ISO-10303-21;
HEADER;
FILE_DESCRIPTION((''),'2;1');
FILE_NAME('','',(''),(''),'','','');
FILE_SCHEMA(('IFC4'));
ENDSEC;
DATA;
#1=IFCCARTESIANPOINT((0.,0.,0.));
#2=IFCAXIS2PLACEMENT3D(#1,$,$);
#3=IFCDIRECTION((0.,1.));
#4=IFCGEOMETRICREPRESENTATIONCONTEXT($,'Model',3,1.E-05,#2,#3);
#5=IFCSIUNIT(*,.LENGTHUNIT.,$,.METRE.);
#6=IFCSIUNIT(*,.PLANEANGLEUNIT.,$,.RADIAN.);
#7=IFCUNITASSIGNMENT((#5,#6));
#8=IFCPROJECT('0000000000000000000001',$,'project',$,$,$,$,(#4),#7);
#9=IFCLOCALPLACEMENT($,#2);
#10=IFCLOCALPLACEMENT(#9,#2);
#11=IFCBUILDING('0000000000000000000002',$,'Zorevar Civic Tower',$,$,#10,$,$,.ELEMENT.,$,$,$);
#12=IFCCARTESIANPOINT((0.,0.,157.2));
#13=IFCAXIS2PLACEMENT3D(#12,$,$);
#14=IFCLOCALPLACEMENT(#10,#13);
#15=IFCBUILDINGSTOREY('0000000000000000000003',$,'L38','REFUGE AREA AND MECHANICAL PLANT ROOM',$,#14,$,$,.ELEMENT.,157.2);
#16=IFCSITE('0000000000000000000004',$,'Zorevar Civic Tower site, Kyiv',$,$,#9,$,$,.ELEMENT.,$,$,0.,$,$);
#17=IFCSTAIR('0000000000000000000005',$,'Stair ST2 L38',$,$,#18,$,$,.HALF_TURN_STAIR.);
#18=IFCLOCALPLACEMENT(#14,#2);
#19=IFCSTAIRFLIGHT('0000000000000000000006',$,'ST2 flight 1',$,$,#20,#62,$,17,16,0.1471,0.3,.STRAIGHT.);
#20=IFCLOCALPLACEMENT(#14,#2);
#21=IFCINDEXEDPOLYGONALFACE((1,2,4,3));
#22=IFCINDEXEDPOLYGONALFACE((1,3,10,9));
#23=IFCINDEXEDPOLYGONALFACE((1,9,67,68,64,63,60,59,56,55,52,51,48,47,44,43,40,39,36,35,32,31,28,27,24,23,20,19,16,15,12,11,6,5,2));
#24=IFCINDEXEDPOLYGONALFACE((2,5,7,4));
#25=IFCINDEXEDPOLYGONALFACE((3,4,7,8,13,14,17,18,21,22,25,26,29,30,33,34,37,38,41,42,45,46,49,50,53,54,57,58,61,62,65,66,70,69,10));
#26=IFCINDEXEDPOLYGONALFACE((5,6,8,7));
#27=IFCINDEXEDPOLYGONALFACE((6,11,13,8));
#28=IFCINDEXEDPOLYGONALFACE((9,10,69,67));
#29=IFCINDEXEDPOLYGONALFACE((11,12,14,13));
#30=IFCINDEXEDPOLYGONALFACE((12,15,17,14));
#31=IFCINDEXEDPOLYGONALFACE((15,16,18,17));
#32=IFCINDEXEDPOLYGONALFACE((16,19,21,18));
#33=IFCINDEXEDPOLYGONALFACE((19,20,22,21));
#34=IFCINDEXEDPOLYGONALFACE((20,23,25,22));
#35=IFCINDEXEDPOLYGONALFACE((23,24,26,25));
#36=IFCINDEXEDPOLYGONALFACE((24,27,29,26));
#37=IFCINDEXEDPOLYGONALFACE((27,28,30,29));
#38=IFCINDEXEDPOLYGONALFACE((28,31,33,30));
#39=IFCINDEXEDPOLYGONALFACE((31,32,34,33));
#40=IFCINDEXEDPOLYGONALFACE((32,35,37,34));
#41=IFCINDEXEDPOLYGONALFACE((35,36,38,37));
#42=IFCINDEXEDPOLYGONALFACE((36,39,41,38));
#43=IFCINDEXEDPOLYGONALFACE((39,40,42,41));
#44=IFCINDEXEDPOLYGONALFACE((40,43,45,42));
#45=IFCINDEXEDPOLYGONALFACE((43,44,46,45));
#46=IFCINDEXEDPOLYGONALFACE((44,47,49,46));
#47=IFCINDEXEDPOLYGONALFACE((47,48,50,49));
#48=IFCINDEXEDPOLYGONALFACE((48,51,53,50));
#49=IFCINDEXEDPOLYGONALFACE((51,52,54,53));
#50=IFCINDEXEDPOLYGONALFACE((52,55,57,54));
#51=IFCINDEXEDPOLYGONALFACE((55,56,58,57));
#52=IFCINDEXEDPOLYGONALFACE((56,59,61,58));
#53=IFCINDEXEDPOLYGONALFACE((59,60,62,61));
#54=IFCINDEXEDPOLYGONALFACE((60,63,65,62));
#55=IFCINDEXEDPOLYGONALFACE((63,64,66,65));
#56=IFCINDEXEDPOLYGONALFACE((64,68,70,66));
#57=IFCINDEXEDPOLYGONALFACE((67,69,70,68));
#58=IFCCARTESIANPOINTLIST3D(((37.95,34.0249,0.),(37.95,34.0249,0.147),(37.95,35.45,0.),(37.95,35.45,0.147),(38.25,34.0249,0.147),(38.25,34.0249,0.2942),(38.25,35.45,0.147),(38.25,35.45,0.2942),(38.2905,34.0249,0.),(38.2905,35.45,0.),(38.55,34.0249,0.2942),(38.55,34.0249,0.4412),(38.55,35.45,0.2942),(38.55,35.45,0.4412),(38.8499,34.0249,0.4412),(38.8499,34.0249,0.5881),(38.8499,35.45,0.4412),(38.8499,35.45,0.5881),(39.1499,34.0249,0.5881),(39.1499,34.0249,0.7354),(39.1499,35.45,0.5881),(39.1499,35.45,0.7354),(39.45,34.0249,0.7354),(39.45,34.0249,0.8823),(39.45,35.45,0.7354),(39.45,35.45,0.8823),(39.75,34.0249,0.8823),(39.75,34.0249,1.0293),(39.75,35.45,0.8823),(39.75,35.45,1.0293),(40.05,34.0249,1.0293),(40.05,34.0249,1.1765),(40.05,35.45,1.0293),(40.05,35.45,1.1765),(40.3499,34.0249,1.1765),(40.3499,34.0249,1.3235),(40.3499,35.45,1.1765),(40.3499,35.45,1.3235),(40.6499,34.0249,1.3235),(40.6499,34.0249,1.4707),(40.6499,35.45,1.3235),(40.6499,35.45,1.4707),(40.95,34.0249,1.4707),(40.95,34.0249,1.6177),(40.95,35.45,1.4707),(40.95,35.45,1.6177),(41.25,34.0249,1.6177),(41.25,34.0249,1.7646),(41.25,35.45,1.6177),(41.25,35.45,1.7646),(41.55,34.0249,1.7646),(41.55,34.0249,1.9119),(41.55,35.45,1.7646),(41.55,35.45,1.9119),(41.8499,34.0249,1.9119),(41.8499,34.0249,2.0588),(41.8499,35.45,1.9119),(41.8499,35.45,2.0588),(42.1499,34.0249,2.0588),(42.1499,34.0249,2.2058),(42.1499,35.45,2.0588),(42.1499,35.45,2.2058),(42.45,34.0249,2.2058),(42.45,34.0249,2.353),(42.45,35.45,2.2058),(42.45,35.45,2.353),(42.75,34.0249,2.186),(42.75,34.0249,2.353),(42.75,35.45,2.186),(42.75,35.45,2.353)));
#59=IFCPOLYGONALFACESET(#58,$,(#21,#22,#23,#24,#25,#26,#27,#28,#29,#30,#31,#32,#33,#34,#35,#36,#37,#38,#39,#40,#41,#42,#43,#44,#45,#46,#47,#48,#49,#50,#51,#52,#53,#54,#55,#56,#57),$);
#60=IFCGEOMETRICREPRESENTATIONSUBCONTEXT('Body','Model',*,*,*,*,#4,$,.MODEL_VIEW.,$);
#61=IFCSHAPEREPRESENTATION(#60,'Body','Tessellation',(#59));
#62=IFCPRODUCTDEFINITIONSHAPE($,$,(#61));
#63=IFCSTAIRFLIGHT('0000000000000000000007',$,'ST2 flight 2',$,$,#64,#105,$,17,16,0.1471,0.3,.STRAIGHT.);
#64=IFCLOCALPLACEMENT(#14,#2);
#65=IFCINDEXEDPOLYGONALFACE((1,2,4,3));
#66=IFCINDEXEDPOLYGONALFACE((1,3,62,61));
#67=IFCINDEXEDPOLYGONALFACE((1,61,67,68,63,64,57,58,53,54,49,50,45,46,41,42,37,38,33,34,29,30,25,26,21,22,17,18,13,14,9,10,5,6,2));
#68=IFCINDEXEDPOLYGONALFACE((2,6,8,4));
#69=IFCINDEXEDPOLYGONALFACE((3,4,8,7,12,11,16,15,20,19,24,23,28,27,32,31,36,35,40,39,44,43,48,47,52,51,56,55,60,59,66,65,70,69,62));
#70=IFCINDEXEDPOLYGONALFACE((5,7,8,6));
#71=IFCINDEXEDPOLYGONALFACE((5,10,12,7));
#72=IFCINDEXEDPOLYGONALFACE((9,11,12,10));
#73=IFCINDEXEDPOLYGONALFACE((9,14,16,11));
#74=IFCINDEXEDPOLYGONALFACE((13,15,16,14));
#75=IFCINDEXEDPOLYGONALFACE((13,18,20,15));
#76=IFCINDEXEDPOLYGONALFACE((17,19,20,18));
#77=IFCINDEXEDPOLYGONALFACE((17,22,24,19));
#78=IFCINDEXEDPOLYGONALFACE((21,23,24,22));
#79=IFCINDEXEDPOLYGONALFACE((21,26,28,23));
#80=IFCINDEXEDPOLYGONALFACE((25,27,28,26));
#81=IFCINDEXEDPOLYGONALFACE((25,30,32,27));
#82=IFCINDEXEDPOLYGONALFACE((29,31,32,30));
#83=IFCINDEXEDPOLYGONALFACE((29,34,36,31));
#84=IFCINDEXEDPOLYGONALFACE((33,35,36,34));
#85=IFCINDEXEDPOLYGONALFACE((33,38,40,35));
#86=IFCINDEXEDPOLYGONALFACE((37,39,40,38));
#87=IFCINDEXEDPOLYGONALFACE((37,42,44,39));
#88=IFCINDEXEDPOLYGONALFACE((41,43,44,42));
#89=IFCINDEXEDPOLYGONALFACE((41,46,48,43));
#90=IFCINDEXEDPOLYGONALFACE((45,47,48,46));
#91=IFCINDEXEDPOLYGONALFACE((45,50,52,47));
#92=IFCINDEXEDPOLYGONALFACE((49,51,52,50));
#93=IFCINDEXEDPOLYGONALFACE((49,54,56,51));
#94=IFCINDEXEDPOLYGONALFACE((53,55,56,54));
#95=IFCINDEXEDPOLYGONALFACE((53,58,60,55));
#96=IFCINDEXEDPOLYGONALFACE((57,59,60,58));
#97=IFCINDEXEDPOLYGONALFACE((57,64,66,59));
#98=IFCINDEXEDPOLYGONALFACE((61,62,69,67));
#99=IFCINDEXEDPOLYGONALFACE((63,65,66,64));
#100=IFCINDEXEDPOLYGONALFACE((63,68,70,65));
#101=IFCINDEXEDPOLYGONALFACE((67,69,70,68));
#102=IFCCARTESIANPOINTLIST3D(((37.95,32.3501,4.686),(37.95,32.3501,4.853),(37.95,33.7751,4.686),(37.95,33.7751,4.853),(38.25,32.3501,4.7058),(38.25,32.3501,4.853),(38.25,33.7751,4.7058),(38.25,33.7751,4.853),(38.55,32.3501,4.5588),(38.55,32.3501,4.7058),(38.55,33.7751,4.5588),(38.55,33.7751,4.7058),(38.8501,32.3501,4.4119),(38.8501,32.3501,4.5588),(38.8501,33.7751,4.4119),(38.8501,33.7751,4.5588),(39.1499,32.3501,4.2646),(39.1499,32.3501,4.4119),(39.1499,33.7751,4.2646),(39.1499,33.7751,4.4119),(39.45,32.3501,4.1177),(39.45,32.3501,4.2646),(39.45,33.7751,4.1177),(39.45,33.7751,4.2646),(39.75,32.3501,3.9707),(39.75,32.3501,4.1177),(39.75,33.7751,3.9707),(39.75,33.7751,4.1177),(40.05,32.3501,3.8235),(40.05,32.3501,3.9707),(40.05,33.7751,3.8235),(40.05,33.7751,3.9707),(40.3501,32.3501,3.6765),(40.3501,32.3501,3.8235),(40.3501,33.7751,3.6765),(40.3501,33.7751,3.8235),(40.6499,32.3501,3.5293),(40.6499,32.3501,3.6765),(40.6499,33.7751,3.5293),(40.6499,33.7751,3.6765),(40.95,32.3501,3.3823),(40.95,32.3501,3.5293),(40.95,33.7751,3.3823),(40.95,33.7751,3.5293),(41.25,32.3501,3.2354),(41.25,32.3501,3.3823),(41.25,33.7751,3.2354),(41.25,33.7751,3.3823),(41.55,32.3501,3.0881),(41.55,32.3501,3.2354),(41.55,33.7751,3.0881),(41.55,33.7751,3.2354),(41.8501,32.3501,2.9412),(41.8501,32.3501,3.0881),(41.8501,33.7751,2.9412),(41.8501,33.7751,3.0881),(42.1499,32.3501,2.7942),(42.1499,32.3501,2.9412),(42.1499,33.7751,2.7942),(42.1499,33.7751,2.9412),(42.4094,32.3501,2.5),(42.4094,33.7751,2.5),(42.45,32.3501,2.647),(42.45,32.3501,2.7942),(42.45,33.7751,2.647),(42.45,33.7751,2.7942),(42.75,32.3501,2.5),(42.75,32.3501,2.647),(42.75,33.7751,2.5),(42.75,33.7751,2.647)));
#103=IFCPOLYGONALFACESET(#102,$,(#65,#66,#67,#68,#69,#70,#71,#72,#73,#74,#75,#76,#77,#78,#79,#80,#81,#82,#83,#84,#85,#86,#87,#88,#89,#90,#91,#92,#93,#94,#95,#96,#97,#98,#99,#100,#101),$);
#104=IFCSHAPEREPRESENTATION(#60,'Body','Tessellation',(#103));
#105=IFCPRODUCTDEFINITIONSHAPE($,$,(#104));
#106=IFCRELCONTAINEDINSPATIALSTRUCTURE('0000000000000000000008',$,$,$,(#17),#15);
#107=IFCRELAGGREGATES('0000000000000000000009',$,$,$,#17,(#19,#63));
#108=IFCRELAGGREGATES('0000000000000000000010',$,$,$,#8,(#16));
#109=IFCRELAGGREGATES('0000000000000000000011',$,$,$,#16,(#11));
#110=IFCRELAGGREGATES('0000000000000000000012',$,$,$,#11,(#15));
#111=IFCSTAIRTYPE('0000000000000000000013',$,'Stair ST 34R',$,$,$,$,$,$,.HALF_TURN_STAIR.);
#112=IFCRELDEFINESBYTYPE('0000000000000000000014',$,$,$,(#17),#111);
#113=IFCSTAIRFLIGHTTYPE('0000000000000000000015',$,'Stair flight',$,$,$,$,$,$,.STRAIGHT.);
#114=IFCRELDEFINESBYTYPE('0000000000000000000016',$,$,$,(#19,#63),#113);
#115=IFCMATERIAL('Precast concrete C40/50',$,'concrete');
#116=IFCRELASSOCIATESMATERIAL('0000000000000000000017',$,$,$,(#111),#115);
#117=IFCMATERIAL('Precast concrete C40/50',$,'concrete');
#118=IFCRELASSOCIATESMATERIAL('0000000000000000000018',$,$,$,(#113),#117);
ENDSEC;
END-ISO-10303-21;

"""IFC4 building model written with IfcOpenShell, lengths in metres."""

from ifc_helpers import new_model, si_unit, direction, frame, origin, place, context, subcontext, project, spatial, polyline, outline, extrude, material, type_object, element, aggregate, save


model = new_model("IFC4")

# Units and contexts
model_context = context("Model", 3, precision=1e-05, world=origin(), true_north=direction((0.0, 1.0)))
body_context = subcontext(model_context, "Body", "Model", "MODEL_VIEW")
ifc_project = project(units=[si_unit("LENGTHUNIT", "METRE"), si_unit("PLANEANGLEUNIT", "RADIAN")], contexts=[model_context])

# Site, building, storey
site_placement = place(None, origin())
site = spatial("IfcSite", under=ifc_project, at=site_placement, Name="Zorevar Civic Tower site, Kyiv", CompositionType="ELEMENT", RefElevation=0.0)
building_placement = place(site_placement, origin())
building = spatial("IfcBuilding", under=site, at=building_placement, Name="Zorevar Civic Tower", CompositionType="ELEMENT")
storey_placement = place(building_placement, frame((0.0, 0.0, 157.2)))
storey = spatial("IfcBuildingStorey", under=building, at=storey_placement, Name="L38", Description="REFUGE AREA AND MECHANICAL PLANT ROOM", CompositionType="ELEMENT", Elevation=157.2)

# Stair, stair flights
ifc_material_1 = material(Name="Precast concrete C40/50", Category="concrete")
stair_type = type_object("IfcStairType", Name="Stair ST 34R", PredefinedType="HALF_TURN_STAIR", material=ifc_material_1)
stair_placement = place(storey_placement, origin())
stair = element("IfcStair", 1, at=stair_placement, inside=storey, type_object=stair_type, Name="Stair ST2 L38", PredefinedType="HALF_TURN_STAIR")
ifc_material_2 = material(Name="Precast concrete C40/50", Category="concrete")
stair_flight_type = type_object("IfcStairFlightType", Name="Stair flight", PredefinedType="STRAIGHT", material=ifc_material_2)
stair_flight_1_placement = place(storey_placement, frame((37.95, 34.7375, 0.0), z_axis=(0.0, 0.0, 1.0), x_axis=(1.0, 0.0, 0.0)))
stair_flight_1 = element("IfcStairFlight", 2, at=stair_flight_1_placement, type_object=stair_flight_type, Name="ST2 flight 1", NumberOfRisers=17, NumberOfTreads=16, PredefinedType="STRAIGHT", RiserHeight=0.1471, TreadLength=0.3, context=body_context, shape_type="SweptSolid", body=[
    extrude(outline(polyline([(0.0, 0.0), (0.0, 0.147), (0.3, 0.147), (0.3, 0.2942), (0.6001, 0.2942), (0.6001, 0.4412), (0.8999, 0.4412), (0.8999, 0.5881), (1.2, 0.5881), (1.2, 0.7354), (1.5, 0.7354), (1.5, 0.8823), (1.8, 0.8823), (1.8, 1.0293), (2.1001, 1.0293), (2.1001, 1.1765), (2.3999, 1.1765), (2.3999, 1.3235), (2.7, 1.3235), (2.7, 1.4707), (3.0, 1.4707), (3.0, 1.6177), (3.3, 1.6177), (3.3, 1.7646), (3.6001, 1.7646), (3.6001, 1.9119), (3.8999, 1.9119), (3.8999, 2.0588), (4.2, 2.0588), (4.2, 2.2058), (4.5, 2.2058), (4.5, 2.353), (4.8, 2.353), (4.8, 2.5), (4.8, 2.186), (0.3406, 0.0), (0.0, 0.0)])), frame((0.0, 0.7124, 0.0), z_axis=(0.0, -1.0, 0.0), x_axis=(1.0, 0.0, 0.0)), (0.0, 0.0, 1.0), 1.425),
])
stair_flight_2_placement = place(storey_placement, frame((42.75, 33.0625, 2.5), z_axis=(0.0, 0.0, 1.0), x_axis=(-1.0, 0.0, 0.0)))
stair_flight_2 = element("IfcStairFlight", 3, at=stair_flight_2_placement, type_object=stair_flight_type, Name="ST2 flight 2", NumberOfRisers=17, NumberOfTreads=16, PredefinedType="STRAIGHT", RiserHeight=0.1471, TreadLength=0.3, context=body_context, shape_type="SweptSolid", body=[
    extrude(outline(polyline([(0.0, 0.0), (0.0, 0.147), (0.3, 0.147), (0.3, 0.2942), (0.6001, 0.2942), (0.6001, 0.4412), (0.8999, 0.4412), (0.8999, 0.5881), (1.2, 0.5881), (1.2, 0.7354), (1.5, 0.7354), (1.5, 0.8823), (1.8, 0.8823), (1.8, 1.0293), (2.1001, 1.0293), (2.1001, 1.1765), (2.3999, 1.1765), (2.3999, 1.3235), (2.7, 1.3235), (2.7, 1.4707), (3.0, 1.4707), (3.0, 1.6177), (3.3, 1.6177), (3.3, 1.7646), (3.6001, 1.7646), (3.6001, 1.9119), (3.8999, 1.9119), (3.8999, 2.0588), (4.2, 2.0588), (4.2, 2.2058), (4.5, 2.2058), (4.5, 2.353), (4.8, 2.353), (4.8, 2.5), (4.8, 2.186), (0.3406, 0.0), (0.0, 0.0)])), frame((0.0, 0.7124, 0.0), z_axis=(0.0, -1.0, 0.0), x_axis=(1.0, 0.0, 0.0)), (0.0, 0.0, 1.0), 1.425),
])
aggregate(stair, [stair_flight_1, stair_flight_2])

save(model, "model.ifc")
